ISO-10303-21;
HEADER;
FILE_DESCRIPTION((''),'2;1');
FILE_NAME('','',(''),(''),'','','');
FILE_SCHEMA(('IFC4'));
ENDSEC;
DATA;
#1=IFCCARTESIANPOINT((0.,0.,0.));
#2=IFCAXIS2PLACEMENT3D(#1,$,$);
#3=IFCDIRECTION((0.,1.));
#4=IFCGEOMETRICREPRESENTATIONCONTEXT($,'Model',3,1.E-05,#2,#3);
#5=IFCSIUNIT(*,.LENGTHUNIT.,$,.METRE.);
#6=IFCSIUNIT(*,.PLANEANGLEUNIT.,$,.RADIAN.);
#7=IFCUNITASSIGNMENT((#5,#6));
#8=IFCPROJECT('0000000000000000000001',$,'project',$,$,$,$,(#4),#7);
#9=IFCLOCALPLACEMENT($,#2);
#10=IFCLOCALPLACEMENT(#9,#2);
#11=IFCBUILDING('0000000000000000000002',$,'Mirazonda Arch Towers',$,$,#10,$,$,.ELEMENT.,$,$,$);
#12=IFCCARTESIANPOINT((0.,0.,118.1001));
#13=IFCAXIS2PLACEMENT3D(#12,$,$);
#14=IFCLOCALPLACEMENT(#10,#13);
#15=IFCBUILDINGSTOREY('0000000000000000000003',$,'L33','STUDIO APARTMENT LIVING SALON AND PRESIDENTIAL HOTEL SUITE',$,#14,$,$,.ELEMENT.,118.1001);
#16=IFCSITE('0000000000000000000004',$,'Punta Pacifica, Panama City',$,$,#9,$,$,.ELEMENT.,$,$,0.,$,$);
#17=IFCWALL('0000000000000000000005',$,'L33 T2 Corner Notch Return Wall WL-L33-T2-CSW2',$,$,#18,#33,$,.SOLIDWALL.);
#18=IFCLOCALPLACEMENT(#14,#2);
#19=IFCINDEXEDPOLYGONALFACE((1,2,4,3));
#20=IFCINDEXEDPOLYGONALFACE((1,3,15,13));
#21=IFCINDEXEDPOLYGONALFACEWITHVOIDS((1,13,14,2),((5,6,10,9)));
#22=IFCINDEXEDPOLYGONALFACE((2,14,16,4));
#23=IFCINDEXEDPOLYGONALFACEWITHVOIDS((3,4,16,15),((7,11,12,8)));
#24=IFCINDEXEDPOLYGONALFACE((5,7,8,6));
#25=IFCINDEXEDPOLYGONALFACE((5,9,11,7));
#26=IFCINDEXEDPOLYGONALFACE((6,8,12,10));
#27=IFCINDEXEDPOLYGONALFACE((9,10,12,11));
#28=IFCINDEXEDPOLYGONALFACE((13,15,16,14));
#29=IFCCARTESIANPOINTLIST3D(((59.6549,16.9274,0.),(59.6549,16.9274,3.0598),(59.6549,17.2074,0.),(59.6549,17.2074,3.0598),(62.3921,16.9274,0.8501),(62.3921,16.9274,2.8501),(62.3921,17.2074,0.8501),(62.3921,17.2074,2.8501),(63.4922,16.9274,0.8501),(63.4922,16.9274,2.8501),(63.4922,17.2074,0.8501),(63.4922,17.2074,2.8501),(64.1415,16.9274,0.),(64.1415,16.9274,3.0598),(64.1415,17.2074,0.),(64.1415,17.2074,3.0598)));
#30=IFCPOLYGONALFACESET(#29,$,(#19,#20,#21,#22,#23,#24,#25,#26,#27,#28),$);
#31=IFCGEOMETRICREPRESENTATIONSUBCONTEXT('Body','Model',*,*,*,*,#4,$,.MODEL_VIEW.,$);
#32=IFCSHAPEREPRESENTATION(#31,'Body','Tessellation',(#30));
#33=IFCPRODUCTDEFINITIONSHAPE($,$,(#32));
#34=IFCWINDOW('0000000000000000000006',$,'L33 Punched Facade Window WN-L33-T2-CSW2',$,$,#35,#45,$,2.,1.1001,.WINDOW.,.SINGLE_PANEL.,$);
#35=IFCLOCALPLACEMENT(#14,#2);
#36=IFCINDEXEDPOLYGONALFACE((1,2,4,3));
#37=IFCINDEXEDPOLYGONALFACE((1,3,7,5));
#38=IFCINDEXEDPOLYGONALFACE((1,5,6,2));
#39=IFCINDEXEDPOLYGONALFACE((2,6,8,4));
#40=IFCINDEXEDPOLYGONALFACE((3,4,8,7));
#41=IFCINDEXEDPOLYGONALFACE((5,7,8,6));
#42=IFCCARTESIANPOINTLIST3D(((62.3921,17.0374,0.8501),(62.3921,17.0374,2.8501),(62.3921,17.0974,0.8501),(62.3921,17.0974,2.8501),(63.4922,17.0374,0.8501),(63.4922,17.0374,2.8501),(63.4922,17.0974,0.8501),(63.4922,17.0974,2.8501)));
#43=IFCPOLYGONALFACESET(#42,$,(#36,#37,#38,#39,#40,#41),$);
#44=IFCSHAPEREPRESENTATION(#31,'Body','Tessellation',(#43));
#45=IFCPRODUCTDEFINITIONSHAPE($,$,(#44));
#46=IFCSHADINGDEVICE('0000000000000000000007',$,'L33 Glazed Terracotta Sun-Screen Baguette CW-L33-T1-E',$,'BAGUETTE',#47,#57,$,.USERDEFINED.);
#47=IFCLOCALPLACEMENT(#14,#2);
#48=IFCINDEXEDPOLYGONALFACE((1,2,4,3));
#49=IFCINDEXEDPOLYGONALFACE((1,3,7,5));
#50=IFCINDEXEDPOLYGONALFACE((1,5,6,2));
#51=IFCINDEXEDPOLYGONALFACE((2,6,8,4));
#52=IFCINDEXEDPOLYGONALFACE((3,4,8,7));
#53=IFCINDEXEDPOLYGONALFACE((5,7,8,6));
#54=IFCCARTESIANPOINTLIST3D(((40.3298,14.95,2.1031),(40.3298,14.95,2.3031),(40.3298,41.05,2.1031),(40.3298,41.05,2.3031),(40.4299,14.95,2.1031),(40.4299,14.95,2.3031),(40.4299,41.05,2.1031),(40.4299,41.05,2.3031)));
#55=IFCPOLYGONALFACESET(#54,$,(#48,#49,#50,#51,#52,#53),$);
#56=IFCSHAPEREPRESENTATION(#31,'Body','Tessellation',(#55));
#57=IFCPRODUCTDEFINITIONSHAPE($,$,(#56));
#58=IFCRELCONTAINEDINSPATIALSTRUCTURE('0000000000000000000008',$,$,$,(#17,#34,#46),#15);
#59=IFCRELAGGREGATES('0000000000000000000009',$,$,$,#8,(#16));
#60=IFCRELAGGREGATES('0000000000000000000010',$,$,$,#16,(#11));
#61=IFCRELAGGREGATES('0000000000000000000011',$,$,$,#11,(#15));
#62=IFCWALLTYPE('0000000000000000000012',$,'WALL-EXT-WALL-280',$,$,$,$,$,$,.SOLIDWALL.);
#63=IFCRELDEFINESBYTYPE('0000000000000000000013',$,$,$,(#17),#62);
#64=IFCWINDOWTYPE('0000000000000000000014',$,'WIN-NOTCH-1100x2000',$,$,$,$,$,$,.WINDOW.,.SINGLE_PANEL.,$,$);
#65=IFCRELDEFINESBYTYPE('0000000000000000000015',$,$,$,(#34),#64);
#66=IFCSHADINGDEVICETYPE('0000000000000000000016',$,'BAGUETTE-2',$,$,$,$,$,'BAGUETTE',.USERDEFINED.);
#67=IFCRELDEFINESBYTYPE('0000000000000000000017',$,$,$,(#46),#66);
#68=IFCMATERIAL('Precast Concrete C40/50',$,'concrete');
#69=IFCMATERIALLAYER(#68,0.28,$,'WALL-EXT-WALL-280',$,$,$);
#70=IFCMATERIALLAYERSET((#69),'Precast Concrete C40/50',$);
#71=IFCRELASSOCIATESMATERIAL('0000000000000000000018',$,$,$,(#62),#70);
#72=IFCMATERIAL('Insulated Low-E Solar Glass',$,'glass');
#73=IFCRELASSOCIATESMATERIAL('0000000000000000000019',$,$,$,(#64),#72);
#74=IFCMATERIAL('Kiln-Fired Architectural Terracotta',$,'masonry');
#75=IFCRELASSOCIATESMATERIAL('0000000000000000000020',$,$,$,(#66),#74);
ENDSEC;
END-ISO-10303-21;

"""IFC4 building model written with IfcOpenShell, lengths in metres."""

from ifc_helpers import new_model, si_unit, direction, frame, frame_2d, origin, origin_2d, place, context, subcontext, project, spatial, rectangle, extrude, material, layer, layer_set, material_profile, profile_set, type_object, element, fill, save


model = new_model("IFC4")

# Units and contexts
model_context = context("Model", 3, precision=1e-05, world=origin(), true_north=direction((0.0, 1.0)))
body_context = subcontext(model_context, "Body", "Model", "MODEL_VIEW")
ifc_project = project(units=[si_unit("LENGTHUNIT", "METRE"), si_unit("PLANEANGLEUNIT", "RADIAN")], contexts=[model_context])

# Site, building, storey
site_placement = place(None, origin())
site = spatial("IfcSite", under=ifc_project, at=site_placement, Name="Punta Pacifica, Panama City", CompositionType="ELEMENT", RefElevation=0.0)
building_placement = place(site_placement, origin())
building = spatial("IfcBuilding", under=site, at=building_placement, Name="Mirazonda Arch Towers", CompositionType="ELEMENT")
storey_placement = place(building_placement, frame((0.0, 0.0, 118.1001)))
storey = spatial("IfcBuildingStorey", under=building, at=storey_placement, Name="L33", Description="STUDIO APARTMENT LIVING SALON AND PRESIDENTIAL HOTEL SUITE", CompositionType="ELEMENT", Elevation=118.1001)

# Shared definitions
ifc_material_1 = material(Name="Insulated Low-E Solar Glass", Category="glass")

# Wall, opening, window
ifc_material_2 = material(Name="Precast Concrete C40/50", Category="concrete")
ifc_layer_1 = layer(ifc_material_2, 0.28, Name="WALL-EXT-WALL-280")
ifc_layer_set_1 = layer_set([ifc_layer_1], Name="Precast Concrete C40/50")
wall_type = type_object("IfcWallType", Name="WALL-EXT-WALL-280", PredefinedType="SOLIDWALL", material=ifc_layer_set_1)
wall_placement = place(storey_placement, frame((59.655, 17.0674, 0.0), z_axis=(0.0, 0.0, 1.0), x_axis=(1.0, 0.0, 0.0)))
wall = element("IfcWall", 1, at=wall_placement, inside=storey, type_object=wall_type, Name="L33 T2 Corner Notch Return Wall WL-L33-T2-CSW2", PredefinedType="SOLIDWALL", context=body_context, shape_type="SweptSolid", body=[
    extrude(rectangle(XDim=4.4866, YDim=0.28, at=frame_2d((2.2432, 0.0))), origin(), (0.0, 0.0, 1.0), 3.0598),
])
opening_placement = place(wall_placement, frame((2.7371, 0.0, 0.8501)))
opening = element("IfcOpeningElement", 2, at=opening_placement, cuts=wall, PredefinedType="OPENING", context=body_context, shape_type="SweptSolid", body=[
    extrude(rectangle(XDim=1.1001, YDim=2.0, at=frame_2d((0.55, 1.0))), frame((0.0, 0.1499, 0.0), z_axis=(0.0, -1.0, 0.0), x_axis=(1.0, 0.0, 0.0)), (0.0, 0.0, 1.0), 0.3),
])
window_type = type_object("IfcWindowType", Name="WIN-NOTCH-1100x2000", PartitioningType="SINGLE_PANEL", PredefinedType="WINDOW", material=ifc_material_1)
window_placement = place(opening_placement, origin())
window = element("IfcWindow", 3, at=window_placement, inside=storey, type_object=window_type, Name="L33 Punched Facade Window WN-L33-T2-CSW2", OverallHeight=2.0, OverallWidth=1.1001, PartitioningType="SINGLE_PANEL", PredefinedType="WINDOW", context=body_context, shape_type="SweptSolid", body=[
    extrude(rectangle(XDim=1.1001, YDim=2.0, at=frame_2d((0.55, 1.0))), frame((0.0, 0.03, 0.0), z_axis=(0.0, -1.0, 0.0), x_axis=(1.0, 0.0, 0.0)), (0.0, 0.0, 1.0), 0.0601),
])
fill(opening, window)

# Shading device
ifc_material_3 = material(Name="Kiln-Fired Architectural Terracotta", Category="masonry")
ifc_material_profile_1 = material_profile(ifc_material_3, rectangle(XDim=0.1001, YDim=0.2, at=origin_2d()), Name="TERRA-BAG-100x200")
ifc_profile_set_1 = profile_set([ifc_material_profile_1], Name="Kiln-Fired Architectural Terracotta")
shading_device_type = type_object("IfcShadingDeviceType", Name="BAGUETTE-2", ElementType="BAGUETTE", PredefinedType="USERDEFINED", material=ifc_profile_set_1)
shading_device_placement = place(storey_placement, frame((40.3799, 14.95, 2.2031), z_axis=(0.0, 1.0, 0.0), x_axis=(-1.0, 0.0, 0.0)))
element("IfcShadingDevice", 4, at=shading_device_placement, inside=storey, type_object=shading_device_type, Name="L33 Glazed Terracotta Sun-Screen Baguette CW-L33-T1-E", ObjectType="BAGUETTE", PredefinedType="USERDEFINED", context=body_context, shape_type="SweptSolid", body=[
    extrude(rectangle(XDim=0.1001, YDim=0.2, at=origin_2d()), origin(), (0.0, 0.0, 1.0), 26.1001),
])

save(model, "model.ifc")
